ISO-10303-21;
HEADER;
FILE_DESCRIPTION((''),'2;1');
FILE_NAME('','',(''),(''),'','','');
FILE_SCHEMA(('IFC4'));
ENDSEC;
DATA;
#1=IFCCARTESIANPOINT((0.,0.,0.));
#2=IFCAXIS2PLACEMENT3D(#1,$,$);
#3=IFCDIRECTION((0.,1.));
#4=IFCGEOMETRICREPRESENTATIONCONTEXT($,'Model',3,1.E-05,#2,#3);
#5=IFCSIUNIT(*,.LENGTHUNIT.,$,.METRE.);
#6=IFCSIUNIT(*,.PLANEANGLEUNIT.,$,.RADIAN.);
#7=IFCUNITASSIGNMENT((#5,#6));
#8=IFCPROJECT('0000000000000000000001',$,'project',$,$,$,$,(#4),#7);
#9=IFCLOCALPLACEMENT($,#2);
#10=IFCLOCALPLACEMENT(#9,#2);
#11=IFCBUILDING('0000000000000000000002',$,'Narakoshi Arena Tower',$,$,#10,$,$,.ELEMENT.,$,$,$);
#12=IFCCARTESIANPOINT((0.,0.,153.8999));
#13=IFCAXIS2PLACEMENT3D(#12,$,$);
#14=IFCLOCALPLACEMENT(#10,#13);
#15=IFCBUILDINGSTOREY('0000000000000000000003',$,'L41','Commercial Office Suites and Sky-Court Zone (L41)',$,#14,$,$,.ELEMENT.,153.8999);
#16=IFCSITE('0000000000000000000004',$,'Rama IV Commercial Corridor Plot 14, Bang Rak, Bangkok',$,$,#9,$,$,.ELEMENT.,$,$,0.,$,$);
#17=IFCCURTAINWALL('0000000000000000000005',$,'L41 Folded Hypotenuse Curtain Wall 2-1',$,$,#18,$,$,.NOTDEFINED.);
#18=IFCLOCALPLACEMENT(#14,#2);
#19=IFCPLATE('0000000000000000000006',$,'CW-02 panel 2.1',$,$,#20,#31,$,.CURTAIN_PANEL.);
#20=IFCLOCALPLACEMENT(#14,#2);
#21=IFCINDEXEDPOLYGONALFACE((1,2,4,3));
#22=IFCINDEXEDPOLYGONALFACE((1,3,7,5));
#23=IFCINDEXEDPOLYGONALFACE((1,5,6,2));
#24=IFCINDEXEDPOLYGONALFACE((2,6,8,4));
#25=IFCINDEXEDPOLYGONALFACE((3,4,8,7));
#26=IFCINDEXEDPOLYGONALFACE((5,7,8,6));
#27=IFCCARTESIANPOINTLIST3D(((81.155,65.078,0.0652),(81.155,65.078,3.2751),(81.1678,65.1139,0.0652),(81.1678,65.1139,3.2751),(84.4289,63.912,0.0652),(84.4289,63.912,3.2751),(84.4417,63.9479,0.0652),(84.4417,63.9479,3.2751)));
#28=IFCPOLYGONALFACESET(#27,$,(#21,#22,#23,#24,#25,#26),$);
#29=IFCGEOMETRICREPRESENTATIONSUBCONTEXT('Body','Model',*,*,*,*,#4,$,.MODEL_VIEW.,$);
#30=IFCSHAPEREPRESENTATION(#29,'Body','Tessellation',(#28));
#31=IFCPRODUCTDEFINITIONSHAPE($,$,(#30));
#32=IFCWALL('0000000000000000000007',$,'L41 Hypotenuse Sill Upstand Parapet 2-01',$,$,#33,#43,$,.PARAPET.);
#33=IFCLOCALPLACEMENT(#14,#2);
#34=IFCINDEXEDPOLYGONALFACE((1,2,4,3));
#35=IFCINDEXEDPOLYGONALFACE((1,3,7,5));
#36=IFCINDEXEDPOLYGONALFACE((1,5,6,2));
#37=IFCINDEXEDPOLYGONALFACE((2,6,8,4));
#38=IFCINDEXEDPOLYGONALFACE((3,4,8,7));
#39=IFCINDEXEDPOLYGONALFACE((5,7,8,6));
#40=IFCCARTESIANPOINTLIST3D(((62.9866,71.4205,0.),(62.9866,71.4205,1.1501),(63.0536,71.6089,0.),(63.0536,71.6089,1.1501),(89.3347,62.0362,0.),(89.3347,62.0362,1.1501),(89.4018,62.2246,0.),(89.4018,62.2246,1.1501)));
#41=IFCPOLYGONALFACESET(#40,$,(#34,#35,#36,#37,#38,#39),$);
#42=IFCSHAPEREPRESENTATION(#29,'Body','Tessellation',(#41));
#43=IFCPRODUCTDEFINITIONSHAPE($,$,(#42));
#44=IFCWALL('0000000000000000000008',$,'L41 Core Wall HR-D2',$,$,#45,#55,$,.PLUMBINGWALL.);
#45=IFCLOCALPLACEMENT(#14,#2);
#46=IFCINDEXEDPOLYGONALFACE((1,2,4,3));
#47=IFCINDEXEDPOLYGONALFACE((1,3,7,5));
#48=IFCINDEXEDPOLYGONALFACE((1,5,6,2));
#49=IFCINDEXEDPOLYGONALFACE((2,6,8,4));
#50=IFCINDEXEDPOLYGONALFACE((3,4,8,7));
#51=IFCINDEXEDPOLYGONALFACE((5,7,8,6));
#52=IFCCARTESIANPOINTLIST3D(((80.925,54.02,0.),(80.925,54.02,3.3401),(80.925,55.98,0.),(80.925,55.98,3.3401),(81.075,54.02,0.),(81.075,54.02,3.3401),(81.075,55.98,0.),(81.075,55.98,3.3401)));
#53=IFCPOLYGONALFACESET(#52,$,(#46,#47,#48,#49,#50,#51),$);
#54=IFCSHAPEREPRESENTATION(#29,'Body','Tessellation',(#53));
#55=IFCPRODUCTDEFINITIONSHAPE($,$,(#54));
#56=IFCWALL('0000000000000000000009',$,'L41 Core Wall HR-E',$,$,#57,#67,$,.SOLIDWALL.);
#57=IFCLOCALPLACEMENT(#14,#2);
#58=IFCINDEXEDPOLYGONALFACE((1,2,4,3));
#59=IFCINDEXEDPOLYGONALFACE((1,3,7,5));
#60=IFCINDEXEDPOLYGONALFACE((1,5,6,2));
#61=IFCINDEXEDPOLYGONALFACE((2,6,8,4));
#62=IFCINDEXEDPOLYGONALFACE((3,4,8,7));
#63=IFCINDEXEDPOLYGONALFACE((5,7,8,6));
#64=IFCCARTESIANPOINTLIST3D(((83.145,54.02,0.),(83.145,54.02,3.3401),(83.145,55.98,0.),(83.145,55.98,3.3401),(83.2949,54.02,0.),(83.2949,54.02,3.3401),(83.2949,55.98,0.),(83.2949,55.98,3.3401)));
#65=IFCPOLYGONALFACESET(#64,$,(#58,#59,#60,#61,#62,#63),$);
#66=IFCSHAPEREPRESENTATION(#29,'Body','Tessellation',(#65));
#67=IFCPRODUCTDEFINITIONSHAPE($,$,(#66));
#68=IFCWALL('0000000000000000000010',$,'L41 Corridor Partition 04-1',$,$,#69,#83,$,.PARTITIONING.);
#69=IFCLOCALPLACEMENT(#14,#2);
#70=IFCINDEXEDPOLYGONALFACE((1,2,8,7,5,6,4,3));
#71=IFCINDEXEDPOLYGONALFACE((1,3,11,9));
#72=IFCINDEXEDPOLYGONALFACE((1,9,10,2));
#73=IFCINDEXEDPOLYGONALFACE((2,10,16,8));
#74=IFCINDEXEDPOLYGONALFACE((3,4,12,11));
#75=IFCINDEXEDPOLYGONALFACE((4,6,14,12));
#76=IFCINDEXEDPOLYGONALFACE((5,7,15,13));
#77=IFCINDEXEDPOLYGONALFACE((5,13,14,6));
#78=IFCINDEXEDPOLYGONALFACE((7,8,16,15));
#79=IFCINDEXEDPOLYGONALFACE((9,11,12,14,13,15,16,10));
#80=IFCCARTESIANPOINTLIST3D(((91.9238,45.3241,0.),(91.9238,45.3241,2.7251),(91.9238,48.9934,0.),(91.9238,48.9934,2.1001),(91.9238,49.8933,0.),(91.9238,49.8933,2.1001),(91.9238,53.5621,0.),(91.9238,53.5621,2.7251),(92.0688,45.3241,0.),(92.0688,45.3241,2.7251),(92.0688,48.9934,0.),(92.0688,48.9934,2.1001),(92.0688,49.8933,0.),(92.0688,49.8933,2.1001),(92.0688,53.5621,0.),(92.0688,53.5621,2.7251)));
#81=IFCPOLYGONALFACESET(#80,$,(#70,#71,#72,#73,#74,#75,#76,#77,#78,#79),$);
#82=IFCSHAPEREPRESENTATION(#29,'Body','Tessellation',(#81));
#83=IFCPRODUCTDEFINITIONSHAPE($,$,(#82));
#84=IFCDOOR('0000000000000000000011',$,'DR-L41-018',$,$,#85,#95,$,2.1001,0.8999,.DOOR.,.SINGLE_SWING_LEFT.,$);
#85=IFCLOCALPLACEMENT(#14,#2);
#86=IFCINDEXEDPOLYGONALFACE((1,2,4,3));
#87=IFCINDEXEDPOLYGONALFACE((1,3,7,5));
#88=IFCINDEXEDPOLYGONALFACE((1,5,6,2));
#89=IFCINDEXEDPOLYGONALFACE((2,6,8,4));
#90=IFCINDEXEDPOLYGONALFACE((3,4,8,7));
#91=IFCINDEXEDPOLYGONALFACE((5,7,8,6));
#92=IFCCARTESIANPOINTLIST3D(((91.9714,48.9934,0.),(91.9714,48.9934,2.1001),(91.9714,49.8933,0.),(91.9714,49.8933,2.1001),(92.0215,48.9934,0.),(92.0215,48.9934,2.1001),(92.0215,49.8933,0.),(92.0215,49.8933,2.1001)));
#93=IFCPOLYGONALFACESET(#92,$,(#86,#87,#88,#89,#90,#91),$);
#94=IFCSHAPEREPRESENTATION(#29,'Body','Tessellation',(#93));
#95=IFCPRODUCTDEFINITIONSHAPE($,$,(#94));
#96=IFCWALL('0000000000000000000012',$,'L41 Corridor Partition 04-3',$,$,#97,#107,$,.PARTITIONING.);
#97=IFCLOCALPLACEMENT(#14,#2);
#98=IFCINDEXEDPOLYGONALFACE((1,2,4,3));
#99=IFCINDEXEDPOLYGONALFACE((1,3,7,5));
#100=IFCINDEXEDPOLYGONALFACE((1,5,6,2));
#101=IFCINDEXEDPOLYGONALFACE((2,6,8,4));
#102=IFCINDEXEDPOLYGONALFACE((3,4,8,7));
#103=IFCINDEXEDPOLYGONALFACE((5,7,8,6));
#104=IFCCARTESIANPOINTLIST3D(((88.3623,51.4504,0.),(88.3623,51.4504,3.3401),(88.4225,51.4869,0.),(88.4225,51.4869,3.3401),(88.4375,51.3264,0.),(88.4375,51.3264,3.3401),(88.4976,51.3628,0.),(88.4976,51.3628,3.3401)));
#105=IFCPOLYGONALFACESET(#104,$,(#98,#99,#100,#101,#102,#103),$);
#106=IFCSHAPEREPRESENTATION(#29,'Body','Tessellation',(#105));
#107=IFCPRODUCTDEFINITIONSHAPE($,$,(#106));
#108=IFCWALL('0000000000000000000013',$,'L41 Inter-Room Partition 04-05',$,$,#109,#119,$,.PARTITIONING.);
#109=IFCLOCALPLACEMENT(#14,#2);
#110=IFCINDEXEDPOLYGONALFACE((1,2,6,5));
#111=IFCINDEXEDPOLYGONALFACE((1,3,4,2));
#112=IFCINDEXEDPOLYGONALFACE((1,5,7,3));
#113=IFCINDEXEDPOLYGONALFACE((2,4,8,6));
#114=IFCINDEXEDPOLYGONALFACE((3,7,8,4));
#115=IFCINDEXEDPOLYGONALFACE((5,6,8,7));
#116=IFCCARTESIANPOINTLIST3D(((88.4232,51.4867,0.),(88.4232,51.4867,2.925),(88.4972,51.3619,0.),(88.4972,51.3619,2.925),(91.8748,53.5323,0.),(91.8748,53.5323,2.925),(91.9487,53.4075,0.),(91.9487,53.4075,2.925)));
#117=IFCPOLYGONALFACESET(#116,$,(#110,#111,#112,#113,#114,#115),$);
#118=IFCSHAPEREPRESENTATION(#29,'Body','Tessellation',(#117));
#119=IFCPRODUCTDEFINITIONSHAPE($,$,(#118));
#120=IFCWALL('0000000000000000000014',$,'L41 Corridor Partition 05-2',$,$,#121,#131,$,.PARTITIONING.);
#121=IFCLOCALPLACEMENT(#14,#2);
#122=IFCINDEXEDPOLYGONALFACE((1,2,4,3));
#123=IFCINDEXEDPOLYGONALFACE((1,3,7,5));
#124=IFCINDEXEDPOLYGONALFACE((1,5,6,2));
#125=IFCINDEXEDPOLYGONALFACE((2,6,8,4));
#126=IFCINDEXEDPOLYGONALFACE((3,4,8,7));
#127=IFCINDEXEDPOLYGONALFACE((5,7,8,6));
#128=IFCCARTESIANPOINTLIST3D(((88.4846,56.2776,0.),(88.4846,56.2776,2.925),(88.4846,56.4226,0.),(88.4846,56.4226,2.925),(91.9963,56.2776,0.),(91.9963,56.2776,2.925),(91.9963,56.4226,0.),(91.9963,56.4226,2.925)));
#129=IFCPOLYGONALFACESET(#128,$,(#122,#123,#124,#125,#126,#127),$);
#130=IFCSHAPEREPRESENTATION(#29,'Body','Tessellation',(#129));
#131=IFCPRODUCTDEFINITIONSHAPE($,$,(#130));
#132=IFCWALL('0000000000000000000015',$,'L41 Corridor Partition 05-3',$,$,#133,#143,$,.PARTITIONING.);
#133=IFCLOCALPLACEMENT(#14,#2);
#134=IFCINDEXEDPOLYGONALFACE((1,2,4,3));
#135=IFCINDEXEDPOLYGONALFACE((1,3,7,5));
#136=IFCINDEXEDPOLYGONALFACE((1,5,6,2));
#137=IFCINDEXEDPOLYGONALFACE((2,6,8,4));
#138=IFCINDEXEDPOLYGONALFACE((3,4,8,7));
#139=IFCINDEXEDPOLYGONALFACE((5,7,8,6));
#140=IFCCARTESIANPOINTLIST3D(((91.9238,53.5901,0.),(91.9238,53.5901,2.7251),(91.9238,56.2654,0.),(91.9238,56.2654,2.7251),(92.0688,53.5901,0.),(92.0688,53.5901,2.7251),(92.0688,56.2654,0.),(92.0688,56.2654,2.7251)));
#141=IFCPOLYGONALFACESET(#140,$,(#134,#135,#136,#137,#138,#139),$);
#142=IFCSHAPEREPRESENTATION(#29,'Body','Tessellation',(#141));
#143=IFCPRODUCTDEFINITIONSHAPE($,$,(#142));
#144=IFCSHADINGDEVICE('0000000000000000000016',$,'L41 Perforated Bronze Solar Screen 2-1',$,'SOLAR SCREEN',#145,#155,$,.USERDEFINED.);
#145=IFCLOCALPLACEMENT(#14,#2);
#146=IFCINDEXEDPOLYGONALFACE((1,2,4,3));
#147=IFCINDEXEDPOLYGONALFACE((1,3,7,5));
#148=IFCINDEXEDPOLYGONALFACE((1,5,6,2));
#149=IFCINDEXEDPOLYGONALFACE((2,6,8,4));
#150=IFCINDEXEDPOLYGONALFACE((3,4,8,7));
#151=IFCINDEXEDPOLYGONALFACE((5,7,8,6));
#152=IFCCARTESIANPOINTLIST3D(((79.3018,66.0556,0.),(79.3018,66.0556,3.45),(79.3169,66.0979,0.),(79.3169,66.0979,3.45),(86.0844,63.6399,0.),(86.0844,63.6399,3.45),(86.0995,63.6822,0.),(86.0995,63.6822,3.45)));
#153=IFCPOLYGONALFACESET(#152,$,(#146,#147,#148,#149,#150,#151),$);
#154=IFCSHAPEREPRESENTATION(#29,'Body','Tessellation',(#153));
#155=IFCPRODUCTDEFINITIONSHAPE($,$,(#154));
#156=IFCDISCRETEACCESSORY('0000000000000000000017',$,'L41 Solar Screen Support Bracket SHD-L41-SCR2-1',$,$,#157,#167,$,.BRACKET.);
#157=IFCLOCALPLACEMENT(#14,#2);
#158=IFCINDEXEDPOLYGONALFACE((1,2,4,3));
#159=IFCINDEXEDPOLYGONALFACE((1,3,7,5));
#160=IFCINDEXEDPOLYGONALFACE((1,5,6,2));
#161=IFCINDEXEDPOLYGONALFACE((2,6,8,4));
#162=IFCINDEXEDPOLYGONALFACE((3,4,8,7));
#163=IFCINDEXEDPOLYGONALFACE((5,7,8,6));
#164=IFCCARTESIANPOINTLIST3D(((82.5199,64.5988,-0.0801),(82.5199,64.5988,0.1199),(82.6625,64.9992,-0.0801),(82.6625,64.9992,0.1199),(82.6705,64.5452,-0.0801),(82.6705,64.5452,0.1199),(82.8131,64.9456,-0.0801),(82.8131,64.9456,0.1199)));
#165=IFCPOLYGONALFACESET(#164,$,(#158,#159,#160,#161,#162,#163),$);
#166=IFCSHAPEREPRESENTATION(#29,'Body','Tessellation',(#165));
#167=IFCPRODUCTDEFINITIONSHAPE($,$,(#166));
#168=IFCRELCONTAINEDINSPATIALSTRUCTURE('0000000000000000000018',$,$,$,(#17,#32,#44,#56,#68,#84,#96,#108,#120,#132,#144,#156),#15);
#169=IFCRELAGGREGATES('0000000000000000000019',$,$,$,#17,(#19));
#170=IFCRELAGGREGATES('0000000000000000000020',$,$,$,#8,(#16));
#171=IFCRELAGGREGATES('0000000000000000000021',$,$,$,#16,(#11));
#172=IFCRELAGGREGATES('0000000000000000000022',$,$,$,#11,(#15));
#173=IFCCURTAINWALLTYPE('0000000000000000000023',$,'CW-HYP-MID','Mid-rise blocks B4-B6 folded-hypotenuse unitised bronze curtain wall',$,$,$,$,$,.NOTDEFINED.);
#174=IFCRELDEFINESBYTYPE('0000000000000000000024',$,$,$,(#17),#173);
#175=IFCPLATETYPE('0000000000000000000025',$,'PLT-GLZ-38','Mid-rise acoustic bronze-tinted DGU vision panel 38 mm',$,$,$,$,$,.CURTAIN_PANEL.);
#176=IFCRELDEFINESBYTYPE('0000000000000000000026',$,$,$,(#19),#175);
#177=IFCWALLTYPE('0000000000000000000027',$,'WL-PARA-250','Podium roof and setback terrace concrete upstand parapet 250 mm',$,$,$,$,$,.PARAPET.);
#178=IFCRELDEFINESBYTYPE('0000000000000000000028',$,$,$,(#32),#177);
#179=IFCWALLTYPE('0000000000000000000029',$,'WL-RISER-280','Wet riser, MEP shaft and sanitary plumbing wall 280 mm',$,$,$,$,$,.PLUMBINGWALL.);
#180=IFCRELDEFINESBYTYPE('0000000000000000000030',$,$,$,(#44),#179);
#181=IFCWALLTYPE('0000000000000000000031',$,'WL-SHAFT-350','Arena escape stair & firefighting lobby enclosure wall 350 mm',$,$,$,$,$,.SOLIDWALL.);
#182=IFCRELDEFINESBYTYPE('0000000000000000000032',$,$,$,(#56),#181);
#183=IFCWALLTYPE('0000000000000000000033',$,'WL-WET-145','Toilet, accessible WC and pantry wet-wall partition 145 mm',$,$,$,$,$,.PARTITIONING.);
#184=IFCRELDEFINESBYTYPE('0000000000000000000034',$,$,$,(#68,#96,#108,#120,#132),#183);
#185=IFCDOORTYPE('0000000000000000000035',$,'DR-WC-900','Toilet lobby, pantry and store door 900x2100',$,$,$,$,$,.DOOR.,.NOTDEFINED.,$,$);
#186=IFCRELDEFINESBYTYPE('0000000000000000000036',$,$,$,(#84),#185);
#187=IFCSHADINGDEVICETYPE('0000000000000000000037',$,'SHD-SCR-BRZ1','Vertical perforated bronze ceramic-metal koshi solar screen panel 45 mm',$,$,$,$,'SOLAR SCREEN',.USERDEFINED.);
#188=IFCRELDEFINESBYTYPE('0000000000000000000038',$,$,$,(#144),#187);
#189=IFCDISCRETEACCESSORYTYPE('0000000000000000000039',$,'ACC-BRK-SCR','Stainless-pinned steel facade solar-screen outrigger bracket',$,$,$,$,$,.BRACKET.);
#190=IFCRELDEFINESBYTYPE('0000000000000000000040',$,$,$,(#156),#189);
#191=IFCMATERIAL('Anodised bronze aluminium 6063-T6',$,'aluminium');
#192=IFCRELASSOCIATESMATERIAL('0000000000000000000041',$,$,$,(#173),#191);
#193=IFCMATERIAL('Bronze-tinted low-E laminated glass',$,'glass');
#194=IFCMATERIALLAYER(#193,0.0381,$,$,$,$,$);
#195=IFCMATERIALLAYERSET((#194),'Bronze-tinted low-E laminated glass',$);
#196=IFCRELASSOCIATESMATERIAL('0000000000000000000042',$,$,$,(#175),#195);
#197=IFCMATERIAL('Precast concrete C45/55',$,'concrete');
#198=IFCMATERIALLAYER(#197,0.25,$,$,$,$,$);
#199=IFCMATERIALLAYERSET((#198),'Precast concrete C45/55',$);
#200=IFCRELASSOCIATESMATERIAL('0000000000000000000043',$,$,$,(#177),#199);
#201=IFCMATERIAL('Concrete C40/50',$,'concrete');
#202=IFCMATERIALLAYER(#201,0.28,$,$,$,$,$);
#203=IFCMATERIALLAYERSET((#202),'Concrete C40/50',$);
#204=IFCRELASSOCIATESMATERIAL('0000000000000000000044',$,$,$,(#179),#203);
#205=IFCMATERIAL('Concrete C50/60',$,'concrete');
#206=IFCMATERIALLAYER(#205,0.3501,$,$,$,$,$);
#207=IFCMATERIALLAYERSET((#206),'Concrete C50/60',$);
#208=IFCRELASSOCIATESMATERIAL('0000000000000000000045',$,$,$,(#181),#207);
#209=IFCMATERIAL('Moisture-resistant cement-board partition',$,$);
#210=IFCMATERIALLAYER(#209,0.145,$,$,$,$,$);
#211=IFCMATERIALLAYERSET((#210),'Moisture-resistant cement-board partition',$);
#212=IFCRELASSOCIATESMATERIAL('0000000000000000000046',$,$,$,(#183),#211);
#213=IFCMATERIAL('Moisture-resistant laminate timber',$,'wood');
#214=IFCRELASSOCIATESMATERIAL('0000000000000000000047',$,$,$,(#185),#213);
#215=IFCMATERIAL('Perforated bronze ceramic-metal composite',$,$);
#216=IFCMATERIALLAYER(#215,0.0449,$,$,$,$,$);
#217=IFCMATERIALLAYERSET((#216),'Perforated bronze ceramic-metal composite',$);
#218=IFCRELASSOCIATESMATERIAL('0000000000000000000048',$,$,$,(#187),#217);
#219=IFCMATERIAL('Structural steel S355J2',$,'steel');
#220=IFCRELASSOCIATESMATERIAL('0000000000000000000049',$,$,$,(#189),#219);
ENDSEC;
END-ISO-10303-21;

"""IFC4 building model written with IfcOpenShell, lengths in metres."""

from ifc_helpers import new_model, si_unit, direction, frame, frame_2d, origin, origin_2d, place, context, subcontext, project, spatial, rectangle, extrude, material, layer, layer_set, type_object, element, fill, aggregate, save


model = new_model("IFC4")

# Units and contexts
model_context = context("Model", 3, precision=1e-05, world=origin(), true_north=direction((0.0, 1.0)))
body_context = subcontext(model_context, "Body", "Model", "MODEL_VIEW")
ifc_project = project(units=[si_unit("LENGTHUNIT", "METRE"), si_unit("PLANEANGLEUNIT", "RADIAN")], contexts=[model_context])

# Site, building, storey
site_placement = place(None, origin())
site = spatial("IfcSite", under=ifc_project, at=site_placement, Name="Rama IV Commercial Corridor Plot 14, Bang Rak, Bangkok", CompositionType="ELEMENT", RefElevation=0.0)
building_placement = place(site_placement, origin())
building = spatial("IfcBuilding", under=site, at=building_placement, Name="Narakoshi Arena Tower", CompositionType="ELEMENT")
storey_placement = place(building_placement, frame((0.0, 0.0, 153.8999)))
storey = spatial("IfcBuildingStorey", under=building, at=storey_placement, Name="L41", Description="Commercial Office Suites and Sky-Court Zone (L41)", CompositionType="ELEMENT", Elevation=153.8999)

# Shared definitions
ifc_material_1 = material(Name="Structural steel S355J2", Category="steel")

# Shared definitions
ifc_material_2 = material(Name="Anodised bronze aluminium 6063-T6", Category="aluminium")
curtain_wall_type = type_object("IfcCurtainWallType", Name="CW-HYP-MID", Description="Mid-rise blocks B4-B6 folded-hypotenuse unitised bronze curtain wall", PredefinedType="NOTDEFINED", material=ifc_material_2)

# Curtain wall, plate
curtain_wall_1_placement = place(storey_placement, origin())
curtain_wall_1 = element("IfcCurtainWall", 1, at=curtain_wall_1_placement, inside=storey, type_object=curtain_wall_type, Name="L41 Folded Hypotenuse Curtain Wall 2-1", PredefinedType="NOTDEFINED")
ifc_material_3 = material(Name="Bronze-tinted low-E laminated glass", Category="glass")
ifc_layer_1 = layer(ifc_material_3, 0.0381)
ifc_layer_set_1 = layer_set([ifc_layer_1], Name="Bronze-tinted low-E laminated glass")
plate_type = type_object("IfcPlateType", Name="PLT-GLZ-38", Description="Mid-rise acoustic bronze-tinted DGU vision panel 38 mm", PredefinedType="CURTAIN_PANEL", material=ifc_layer_set_1)
plate_1_placement = place(storey_placement, frame((82.7983, 64.5129, 0.0652), z_axis=(0.0, 0.0, 1.0), x_axis=(-0.942034, 0.335518, 0.0)))
plate_1 = element("IfcPlate", 2, at=plate_1_placement, type_object=plate_type, Name="CW-02 panel 2.1", PredefinedType="CURTAIN_PANEL", context=body_context, shape_type="SweptSolid", body=[
    extrude(rectangle(XDim=3.4753, YDim=0.0381, at=origin_2d()), origin(), (0.0, 0.0, 1.0), 3.21),
])
aggregate(curtain_wall_1, [plate_1])

# Walls
ifc_material_4 = material(Name="Precast concrete C45/55", Category="concrete")
ifc_layer_2 = layer(ifc_material_4, 0.25)
ifc_layer_set_2 = layer_set([ifc_layer_2], Name="Precast concrete C45/55")
wall_type_1 = type_object("IfcWallType", Name="WL-PARA-250", Description="Podium roof and setback terrace concrete upstand parapet 250 mm", PredefinedType="PARAPET", material=ifc_layer_set_2)
wall_1_placement = place(storey_placement, frame((89.3684, 62.1304, 0.0), z_axis=(0.0, 0.0, 1.0), x_axis=(-0.942033, 0.335519, 0.0)))
element("IfcWall", 3, at=wall_1_placement, inside=storey, type_object=wall_type_1, Name="L41 Hypotenuse Sill Upstand Parapet 2-01", PredefinedType="PARAPET", context=body_context, shape_type="SweptSolid", body=[
    extrude(rectangle(XDim=27.9695, YDim=0.2, at=frame_2d((13.9849, 0.0))), origin(), (0.0, 0.0, 1.0), 1.1501),
])
ifc_material_5 = material(Name="Concrete C40/50", Category="concrete")
ifc_layer_3 = layer(ifc_material_5, 0.28)
ifc_layer_set_3 = layer_set([ifc_layer_3], Name="Concrete C40/50")
wall_type_2 = type_object("IfcWallType", Name="WL-RISER-280", Description="Wet riser, MEP shaft and sanitary plumbing wall 280 mm", PredefinedType="PLUMBINGWALL", material=ifc_layer_set_3)
wall_2_placement = place(storey_placement, frame((81.0, 54.02, 0.0), z_axis=(0.0, 0.0, 1.0), x_axis=(0.0, 1.0, 0.0)))
element("IfcWall", 4, at=wall_2_placement, inside=storey, type_object=wall_type_2, Name="L41 Core Wall HR-D2", PredefinedType="PLUMBINGWALL", context=body_context, shape_type="SweptSolid", body=[
    extrude(rectangle(XDim=1.96, YDim=0.1499, at=frame_2d((0.98, 0.0))), origin(), (0.0, 0.0, 1.0), 3.3401),
])
ifc_material_6 = material(Name="Concrete C50/60", Category="concrete")
ifc_layer_4 = layer(ifc_material_6, 0.3501)
ifc_layer_set_4 = layer_set([ifc_layer_4], Name="Concrete C50/60")
wall_type_3 = type_object("IfcWallType", Name="WL-SHAFT-350", Description="Arena escape stair & firefighting lobby enclosure wall 350 mm", PredefinedType="SOLIDWALL", material=ifc_layer_set_4)
wall_3_placement = place(storey_placement, frame((83.22, 54.02, 0.0), z_axis=(0.0, 0.0, 1.0), x_axis=(0.0, 1.0, 0.0)))
element("IfcWall", 5, at=wall_3_placement, inside=storey, type_object=wall_type_3, Name="L41 Core Wall HR-E", PredefinedType="SOLIDWALL", context=body_context, shape_type="SweptSolid", body=[
    extrude(rectangle(XDim=1.96, YDim=0.1499, at=frame_2d((0.98, 0.0))), origin(), (0.0, 0.0, 1.0), 3.3401),
])

# Wall, opening, door
ifc_material_7 = material(Name="Moisture-resistant cement-board partition")
ifc_layer_5 = layer(ifc_material_7, 0.145)
ifc_layer_set_5 = layer_set([ifc_layer_5], Name="Moisture-resistant cement-board partition")
wall_type_4 = type_object("IfcWallType", Name="WL-WET-145", Description="Toilet, accessible WC and pantry wet-wall partition 145 mm", PredefinedType="PARTITIONING", material=ifc_layer_set_5)
wall_4_placement = place(storey_placement, frame((91.9963, 53.5623, 0.0), z_axis=(0.0, 0.0, 1.0), x_axis=(0.0, -1.0, 0.0)))
wall_4 = element("IfcWall", 6, at=wall_4_placement, inside=storey, type_object=wall_type_4, Name="L41 Corridor Partition 04-1", PredefinedType="PARTITIONING", context=body_context, shape_type="SweptSolid", body=[
    extrude(rectangle(XDim=8.238, YDim=0.145, at=frame_2d((4.1191, 0.0))), origin(), (0.0, 0.0, 1.0), 2.7251),
])
opening_1_placement = place(wall_4_placement, frame((3.6689, 0.0, 0.0)))
opening_1 = element("IfcOpeningElement", 7, at=opening_1_placement, cuts=wall_4, PredefinedType="OPENING", context=body_context, shape_type="SweptSolid", body=[
    extrude(rectangle(XDim=0.8999, YDim=2.1001, at=frame_2d((0.45, 1.05))), frame((0.0, 0.0825, 0.0), z_axis=(0.0, -1.0, 0.0), x_axis=(1.0, 0.0, 0.0)), (0.0, 0.0, 1.0), 0.165),
])
ifc_material_8 = material(Name="Moisture-resistant laminate timber", Category="wood")
door_type_1 = type_object("IfcDoorType", Name="DR-WC-900", Description="Toilet lobby, pantry and store door 900x2100", OperationType="NOTDEFINED", PredefinedType="DOOR", material=ifc_material_8)
door_1_placement = place(opening_1_placement, frame((0.8999, 0.0, 0.0), z_axis=(0.0, 0.0, 1.0), x_axis=(-1.0, 0.0, 0.0)))
door_1 = element("IfcDoor", 8, at=door_1_placement, inside=storey, type_object=door_type_1, Name="DR-L41-018", OperationType="SINGLE_SWING_LEFT", OverallHeight=2.1001, OverallWidth=0.8999, PredefinedType="DOOR", context=body_context, shape_type="SweptSolid", body=[
    extrude(rectangle(XDim=0.8999, YDim=2.1001, at=frame_2d((0.45, 1.05))), frame((0.0, 0.0249, 0.0), z_axis=(0.0, -1.0, 0.0), x_axis=(1.0, 0.0, 0.0)), (0.0, 0.0, 1.0), 0.05),
])
fill(opening_1, door_1)

# Walls
wall_5_placement = place(storey_placement, frame((88.3999, 51.3884, 0.0), z_axis=(0.0, 0.0, 1.0), x_axis=(0.855338, 0.518071, 0.0)))
element("IfcWall", 9, at=wall_5_placement, inside=storey, type_object=wall_type_4, Name="L41 Corridor Partition 04-3", PredefinedType="PARTITIONING", context=body_context, shape_type="SweptSolid", body=[
    extrude(rectangle(XDim=0.0703, YDim=0.145, at=frame_2d((0.0352, 0.0))), origin(), (0.0, 0.0, 1.0), 3.3401),
])
wall_6_placement = place(storey_placement, frame((88.4602, 51.4243, 0.0), z_axis=(0.0, 0.0, 1.0), x_axis=(0.860267, 0.509844, 0.0)))
element("IfcWall", 10, at=wall_6_placement, inside=storey, type_object=wall_type_4, Name="L41 Inter-Room Partition 04-05", PredefinedType="PARTITIONING", context=body_context, shape_type="SweptSolid", body=[
    extrude(rectangle(XDim=4.0122, YDim=0.145, at=frame_2d((2.0061, 0.0))), origin(), (0.0, 0.0, 1.0), 2.925),
])

# Walls
wall_7_placement = place(storey_placement, frame((88.4846, 56.3501, 0.0), z_axis=(0.0, 0.0, 1.0), x_axis=(1.0, 0.0, 0.0)))
element("IfcWall", 11, at=wall_7_placement, inside=storey, type_object=wall_type_4, Name="L41 Corridor Partition 05-2", PredefinedType="PARTITIONING", context=body_context, shape_type="SweptSolid", body=[
    extrude(rectangle(XDim=3.5117, YDim=0.145, at=frame_2d((1.7559, 0.0))), origin(), (0.0, 0.0, 1.0), 2.925),
])
wall_8_placement = place(storey_placement, frame((91.9963, 56.2654, 0.0), z_axis=(0.0, 0.0, 1.0), x_axis=(0.0, -1.0, 0.0)))
element("IfcWall", 12, at=wall_8_placement, inside=storey, type_object=wall_type_4, Name="L41 Corridor Partition 05-3", PredefinedType="PARTITIONING", context=body_context, shape_type="SweptSolid", body=[
    extrude(rectangle(XDim=2.6753, YDim=0.145, at=frame_2d((1.3376, 0.0))), origin(), (0.0, 0.0, 1.0), 2.7251),
])

# Shading device
ifc_material_9 = material(Name="Perforated bronze ceramic-metal composite")
ifc_layer_6 = layer(ifc_material_9, 0.0449)
ifc_layer_set_6 = layer_set([ifc_layer_6], Name="Perforated bronze ceramic-metal composite")
shading_device_type = type_object("IfcShadingDeviceType", Name="SHD-SCR-BRZ1", Description="Vertical perforated bronze ceramic-metal koshi solar screen panel 45 mm", ElementType="SOLAR SCREEN", PredefinedType="USERDEFINED", material=ifc_layer_set_6)
shading_device_placement = place(storey_placement, frame((82.7007, 64.8689, 0.0), z_axis=(0.0, 0.0, 1.0), x_axis=(-0.942034, 0.335517, 0.0)))
element("IfcShadingDevice", 13, at=shading_device_placement, inside=storey, type_object=shading_device_type, Name="L41 Perforated Bronze Solar Screen 2-1", ObjectType="SOLAR SCREEN", PredefinedType="USERDEFINED", context=body_context, shape_type="SweptSolid", body=[
    extrude(rectangle(XDim=7.2, YDim=0.0449, at=origin_2d()), origin(), (0.0, 0.0, 1.0), 3.45),
])

# Discrete accessory
discrete_accessory_type = type_object("IfcDiscreteAccessoryType", Name="ACC-BRK-SCR", Description="Stainless-pinned steel facade solar-screen outrigger bracket", PredefinedType="BRACKET", material=ifc_material_1)
discrete_accessory_placement = place(storey_placement, frame((82.6665, 64.7722, -0.0801), z_axis=(0.0, 0.0, 1.0), x_axis=(-0.942034, 0.335517, 0.0)))
element("IfcDiscreteAccessory", 14, at=discrete_accessory_placement, inside=storey, type_object=discrete_accessory_type, Name="L41 Solar Screen Support Bracket SHD-L41-SCR2-1", PredefinedType="BRACKET", context=body_context, shape_type="SweptSolid", body=[
    extrude(rectangle(XDim=0.1599, YDim=0.425, at=origin_2d()), origin(), (0.0, 0.0, 1.0), 0.2),
])

save(model, "model.ifc")
